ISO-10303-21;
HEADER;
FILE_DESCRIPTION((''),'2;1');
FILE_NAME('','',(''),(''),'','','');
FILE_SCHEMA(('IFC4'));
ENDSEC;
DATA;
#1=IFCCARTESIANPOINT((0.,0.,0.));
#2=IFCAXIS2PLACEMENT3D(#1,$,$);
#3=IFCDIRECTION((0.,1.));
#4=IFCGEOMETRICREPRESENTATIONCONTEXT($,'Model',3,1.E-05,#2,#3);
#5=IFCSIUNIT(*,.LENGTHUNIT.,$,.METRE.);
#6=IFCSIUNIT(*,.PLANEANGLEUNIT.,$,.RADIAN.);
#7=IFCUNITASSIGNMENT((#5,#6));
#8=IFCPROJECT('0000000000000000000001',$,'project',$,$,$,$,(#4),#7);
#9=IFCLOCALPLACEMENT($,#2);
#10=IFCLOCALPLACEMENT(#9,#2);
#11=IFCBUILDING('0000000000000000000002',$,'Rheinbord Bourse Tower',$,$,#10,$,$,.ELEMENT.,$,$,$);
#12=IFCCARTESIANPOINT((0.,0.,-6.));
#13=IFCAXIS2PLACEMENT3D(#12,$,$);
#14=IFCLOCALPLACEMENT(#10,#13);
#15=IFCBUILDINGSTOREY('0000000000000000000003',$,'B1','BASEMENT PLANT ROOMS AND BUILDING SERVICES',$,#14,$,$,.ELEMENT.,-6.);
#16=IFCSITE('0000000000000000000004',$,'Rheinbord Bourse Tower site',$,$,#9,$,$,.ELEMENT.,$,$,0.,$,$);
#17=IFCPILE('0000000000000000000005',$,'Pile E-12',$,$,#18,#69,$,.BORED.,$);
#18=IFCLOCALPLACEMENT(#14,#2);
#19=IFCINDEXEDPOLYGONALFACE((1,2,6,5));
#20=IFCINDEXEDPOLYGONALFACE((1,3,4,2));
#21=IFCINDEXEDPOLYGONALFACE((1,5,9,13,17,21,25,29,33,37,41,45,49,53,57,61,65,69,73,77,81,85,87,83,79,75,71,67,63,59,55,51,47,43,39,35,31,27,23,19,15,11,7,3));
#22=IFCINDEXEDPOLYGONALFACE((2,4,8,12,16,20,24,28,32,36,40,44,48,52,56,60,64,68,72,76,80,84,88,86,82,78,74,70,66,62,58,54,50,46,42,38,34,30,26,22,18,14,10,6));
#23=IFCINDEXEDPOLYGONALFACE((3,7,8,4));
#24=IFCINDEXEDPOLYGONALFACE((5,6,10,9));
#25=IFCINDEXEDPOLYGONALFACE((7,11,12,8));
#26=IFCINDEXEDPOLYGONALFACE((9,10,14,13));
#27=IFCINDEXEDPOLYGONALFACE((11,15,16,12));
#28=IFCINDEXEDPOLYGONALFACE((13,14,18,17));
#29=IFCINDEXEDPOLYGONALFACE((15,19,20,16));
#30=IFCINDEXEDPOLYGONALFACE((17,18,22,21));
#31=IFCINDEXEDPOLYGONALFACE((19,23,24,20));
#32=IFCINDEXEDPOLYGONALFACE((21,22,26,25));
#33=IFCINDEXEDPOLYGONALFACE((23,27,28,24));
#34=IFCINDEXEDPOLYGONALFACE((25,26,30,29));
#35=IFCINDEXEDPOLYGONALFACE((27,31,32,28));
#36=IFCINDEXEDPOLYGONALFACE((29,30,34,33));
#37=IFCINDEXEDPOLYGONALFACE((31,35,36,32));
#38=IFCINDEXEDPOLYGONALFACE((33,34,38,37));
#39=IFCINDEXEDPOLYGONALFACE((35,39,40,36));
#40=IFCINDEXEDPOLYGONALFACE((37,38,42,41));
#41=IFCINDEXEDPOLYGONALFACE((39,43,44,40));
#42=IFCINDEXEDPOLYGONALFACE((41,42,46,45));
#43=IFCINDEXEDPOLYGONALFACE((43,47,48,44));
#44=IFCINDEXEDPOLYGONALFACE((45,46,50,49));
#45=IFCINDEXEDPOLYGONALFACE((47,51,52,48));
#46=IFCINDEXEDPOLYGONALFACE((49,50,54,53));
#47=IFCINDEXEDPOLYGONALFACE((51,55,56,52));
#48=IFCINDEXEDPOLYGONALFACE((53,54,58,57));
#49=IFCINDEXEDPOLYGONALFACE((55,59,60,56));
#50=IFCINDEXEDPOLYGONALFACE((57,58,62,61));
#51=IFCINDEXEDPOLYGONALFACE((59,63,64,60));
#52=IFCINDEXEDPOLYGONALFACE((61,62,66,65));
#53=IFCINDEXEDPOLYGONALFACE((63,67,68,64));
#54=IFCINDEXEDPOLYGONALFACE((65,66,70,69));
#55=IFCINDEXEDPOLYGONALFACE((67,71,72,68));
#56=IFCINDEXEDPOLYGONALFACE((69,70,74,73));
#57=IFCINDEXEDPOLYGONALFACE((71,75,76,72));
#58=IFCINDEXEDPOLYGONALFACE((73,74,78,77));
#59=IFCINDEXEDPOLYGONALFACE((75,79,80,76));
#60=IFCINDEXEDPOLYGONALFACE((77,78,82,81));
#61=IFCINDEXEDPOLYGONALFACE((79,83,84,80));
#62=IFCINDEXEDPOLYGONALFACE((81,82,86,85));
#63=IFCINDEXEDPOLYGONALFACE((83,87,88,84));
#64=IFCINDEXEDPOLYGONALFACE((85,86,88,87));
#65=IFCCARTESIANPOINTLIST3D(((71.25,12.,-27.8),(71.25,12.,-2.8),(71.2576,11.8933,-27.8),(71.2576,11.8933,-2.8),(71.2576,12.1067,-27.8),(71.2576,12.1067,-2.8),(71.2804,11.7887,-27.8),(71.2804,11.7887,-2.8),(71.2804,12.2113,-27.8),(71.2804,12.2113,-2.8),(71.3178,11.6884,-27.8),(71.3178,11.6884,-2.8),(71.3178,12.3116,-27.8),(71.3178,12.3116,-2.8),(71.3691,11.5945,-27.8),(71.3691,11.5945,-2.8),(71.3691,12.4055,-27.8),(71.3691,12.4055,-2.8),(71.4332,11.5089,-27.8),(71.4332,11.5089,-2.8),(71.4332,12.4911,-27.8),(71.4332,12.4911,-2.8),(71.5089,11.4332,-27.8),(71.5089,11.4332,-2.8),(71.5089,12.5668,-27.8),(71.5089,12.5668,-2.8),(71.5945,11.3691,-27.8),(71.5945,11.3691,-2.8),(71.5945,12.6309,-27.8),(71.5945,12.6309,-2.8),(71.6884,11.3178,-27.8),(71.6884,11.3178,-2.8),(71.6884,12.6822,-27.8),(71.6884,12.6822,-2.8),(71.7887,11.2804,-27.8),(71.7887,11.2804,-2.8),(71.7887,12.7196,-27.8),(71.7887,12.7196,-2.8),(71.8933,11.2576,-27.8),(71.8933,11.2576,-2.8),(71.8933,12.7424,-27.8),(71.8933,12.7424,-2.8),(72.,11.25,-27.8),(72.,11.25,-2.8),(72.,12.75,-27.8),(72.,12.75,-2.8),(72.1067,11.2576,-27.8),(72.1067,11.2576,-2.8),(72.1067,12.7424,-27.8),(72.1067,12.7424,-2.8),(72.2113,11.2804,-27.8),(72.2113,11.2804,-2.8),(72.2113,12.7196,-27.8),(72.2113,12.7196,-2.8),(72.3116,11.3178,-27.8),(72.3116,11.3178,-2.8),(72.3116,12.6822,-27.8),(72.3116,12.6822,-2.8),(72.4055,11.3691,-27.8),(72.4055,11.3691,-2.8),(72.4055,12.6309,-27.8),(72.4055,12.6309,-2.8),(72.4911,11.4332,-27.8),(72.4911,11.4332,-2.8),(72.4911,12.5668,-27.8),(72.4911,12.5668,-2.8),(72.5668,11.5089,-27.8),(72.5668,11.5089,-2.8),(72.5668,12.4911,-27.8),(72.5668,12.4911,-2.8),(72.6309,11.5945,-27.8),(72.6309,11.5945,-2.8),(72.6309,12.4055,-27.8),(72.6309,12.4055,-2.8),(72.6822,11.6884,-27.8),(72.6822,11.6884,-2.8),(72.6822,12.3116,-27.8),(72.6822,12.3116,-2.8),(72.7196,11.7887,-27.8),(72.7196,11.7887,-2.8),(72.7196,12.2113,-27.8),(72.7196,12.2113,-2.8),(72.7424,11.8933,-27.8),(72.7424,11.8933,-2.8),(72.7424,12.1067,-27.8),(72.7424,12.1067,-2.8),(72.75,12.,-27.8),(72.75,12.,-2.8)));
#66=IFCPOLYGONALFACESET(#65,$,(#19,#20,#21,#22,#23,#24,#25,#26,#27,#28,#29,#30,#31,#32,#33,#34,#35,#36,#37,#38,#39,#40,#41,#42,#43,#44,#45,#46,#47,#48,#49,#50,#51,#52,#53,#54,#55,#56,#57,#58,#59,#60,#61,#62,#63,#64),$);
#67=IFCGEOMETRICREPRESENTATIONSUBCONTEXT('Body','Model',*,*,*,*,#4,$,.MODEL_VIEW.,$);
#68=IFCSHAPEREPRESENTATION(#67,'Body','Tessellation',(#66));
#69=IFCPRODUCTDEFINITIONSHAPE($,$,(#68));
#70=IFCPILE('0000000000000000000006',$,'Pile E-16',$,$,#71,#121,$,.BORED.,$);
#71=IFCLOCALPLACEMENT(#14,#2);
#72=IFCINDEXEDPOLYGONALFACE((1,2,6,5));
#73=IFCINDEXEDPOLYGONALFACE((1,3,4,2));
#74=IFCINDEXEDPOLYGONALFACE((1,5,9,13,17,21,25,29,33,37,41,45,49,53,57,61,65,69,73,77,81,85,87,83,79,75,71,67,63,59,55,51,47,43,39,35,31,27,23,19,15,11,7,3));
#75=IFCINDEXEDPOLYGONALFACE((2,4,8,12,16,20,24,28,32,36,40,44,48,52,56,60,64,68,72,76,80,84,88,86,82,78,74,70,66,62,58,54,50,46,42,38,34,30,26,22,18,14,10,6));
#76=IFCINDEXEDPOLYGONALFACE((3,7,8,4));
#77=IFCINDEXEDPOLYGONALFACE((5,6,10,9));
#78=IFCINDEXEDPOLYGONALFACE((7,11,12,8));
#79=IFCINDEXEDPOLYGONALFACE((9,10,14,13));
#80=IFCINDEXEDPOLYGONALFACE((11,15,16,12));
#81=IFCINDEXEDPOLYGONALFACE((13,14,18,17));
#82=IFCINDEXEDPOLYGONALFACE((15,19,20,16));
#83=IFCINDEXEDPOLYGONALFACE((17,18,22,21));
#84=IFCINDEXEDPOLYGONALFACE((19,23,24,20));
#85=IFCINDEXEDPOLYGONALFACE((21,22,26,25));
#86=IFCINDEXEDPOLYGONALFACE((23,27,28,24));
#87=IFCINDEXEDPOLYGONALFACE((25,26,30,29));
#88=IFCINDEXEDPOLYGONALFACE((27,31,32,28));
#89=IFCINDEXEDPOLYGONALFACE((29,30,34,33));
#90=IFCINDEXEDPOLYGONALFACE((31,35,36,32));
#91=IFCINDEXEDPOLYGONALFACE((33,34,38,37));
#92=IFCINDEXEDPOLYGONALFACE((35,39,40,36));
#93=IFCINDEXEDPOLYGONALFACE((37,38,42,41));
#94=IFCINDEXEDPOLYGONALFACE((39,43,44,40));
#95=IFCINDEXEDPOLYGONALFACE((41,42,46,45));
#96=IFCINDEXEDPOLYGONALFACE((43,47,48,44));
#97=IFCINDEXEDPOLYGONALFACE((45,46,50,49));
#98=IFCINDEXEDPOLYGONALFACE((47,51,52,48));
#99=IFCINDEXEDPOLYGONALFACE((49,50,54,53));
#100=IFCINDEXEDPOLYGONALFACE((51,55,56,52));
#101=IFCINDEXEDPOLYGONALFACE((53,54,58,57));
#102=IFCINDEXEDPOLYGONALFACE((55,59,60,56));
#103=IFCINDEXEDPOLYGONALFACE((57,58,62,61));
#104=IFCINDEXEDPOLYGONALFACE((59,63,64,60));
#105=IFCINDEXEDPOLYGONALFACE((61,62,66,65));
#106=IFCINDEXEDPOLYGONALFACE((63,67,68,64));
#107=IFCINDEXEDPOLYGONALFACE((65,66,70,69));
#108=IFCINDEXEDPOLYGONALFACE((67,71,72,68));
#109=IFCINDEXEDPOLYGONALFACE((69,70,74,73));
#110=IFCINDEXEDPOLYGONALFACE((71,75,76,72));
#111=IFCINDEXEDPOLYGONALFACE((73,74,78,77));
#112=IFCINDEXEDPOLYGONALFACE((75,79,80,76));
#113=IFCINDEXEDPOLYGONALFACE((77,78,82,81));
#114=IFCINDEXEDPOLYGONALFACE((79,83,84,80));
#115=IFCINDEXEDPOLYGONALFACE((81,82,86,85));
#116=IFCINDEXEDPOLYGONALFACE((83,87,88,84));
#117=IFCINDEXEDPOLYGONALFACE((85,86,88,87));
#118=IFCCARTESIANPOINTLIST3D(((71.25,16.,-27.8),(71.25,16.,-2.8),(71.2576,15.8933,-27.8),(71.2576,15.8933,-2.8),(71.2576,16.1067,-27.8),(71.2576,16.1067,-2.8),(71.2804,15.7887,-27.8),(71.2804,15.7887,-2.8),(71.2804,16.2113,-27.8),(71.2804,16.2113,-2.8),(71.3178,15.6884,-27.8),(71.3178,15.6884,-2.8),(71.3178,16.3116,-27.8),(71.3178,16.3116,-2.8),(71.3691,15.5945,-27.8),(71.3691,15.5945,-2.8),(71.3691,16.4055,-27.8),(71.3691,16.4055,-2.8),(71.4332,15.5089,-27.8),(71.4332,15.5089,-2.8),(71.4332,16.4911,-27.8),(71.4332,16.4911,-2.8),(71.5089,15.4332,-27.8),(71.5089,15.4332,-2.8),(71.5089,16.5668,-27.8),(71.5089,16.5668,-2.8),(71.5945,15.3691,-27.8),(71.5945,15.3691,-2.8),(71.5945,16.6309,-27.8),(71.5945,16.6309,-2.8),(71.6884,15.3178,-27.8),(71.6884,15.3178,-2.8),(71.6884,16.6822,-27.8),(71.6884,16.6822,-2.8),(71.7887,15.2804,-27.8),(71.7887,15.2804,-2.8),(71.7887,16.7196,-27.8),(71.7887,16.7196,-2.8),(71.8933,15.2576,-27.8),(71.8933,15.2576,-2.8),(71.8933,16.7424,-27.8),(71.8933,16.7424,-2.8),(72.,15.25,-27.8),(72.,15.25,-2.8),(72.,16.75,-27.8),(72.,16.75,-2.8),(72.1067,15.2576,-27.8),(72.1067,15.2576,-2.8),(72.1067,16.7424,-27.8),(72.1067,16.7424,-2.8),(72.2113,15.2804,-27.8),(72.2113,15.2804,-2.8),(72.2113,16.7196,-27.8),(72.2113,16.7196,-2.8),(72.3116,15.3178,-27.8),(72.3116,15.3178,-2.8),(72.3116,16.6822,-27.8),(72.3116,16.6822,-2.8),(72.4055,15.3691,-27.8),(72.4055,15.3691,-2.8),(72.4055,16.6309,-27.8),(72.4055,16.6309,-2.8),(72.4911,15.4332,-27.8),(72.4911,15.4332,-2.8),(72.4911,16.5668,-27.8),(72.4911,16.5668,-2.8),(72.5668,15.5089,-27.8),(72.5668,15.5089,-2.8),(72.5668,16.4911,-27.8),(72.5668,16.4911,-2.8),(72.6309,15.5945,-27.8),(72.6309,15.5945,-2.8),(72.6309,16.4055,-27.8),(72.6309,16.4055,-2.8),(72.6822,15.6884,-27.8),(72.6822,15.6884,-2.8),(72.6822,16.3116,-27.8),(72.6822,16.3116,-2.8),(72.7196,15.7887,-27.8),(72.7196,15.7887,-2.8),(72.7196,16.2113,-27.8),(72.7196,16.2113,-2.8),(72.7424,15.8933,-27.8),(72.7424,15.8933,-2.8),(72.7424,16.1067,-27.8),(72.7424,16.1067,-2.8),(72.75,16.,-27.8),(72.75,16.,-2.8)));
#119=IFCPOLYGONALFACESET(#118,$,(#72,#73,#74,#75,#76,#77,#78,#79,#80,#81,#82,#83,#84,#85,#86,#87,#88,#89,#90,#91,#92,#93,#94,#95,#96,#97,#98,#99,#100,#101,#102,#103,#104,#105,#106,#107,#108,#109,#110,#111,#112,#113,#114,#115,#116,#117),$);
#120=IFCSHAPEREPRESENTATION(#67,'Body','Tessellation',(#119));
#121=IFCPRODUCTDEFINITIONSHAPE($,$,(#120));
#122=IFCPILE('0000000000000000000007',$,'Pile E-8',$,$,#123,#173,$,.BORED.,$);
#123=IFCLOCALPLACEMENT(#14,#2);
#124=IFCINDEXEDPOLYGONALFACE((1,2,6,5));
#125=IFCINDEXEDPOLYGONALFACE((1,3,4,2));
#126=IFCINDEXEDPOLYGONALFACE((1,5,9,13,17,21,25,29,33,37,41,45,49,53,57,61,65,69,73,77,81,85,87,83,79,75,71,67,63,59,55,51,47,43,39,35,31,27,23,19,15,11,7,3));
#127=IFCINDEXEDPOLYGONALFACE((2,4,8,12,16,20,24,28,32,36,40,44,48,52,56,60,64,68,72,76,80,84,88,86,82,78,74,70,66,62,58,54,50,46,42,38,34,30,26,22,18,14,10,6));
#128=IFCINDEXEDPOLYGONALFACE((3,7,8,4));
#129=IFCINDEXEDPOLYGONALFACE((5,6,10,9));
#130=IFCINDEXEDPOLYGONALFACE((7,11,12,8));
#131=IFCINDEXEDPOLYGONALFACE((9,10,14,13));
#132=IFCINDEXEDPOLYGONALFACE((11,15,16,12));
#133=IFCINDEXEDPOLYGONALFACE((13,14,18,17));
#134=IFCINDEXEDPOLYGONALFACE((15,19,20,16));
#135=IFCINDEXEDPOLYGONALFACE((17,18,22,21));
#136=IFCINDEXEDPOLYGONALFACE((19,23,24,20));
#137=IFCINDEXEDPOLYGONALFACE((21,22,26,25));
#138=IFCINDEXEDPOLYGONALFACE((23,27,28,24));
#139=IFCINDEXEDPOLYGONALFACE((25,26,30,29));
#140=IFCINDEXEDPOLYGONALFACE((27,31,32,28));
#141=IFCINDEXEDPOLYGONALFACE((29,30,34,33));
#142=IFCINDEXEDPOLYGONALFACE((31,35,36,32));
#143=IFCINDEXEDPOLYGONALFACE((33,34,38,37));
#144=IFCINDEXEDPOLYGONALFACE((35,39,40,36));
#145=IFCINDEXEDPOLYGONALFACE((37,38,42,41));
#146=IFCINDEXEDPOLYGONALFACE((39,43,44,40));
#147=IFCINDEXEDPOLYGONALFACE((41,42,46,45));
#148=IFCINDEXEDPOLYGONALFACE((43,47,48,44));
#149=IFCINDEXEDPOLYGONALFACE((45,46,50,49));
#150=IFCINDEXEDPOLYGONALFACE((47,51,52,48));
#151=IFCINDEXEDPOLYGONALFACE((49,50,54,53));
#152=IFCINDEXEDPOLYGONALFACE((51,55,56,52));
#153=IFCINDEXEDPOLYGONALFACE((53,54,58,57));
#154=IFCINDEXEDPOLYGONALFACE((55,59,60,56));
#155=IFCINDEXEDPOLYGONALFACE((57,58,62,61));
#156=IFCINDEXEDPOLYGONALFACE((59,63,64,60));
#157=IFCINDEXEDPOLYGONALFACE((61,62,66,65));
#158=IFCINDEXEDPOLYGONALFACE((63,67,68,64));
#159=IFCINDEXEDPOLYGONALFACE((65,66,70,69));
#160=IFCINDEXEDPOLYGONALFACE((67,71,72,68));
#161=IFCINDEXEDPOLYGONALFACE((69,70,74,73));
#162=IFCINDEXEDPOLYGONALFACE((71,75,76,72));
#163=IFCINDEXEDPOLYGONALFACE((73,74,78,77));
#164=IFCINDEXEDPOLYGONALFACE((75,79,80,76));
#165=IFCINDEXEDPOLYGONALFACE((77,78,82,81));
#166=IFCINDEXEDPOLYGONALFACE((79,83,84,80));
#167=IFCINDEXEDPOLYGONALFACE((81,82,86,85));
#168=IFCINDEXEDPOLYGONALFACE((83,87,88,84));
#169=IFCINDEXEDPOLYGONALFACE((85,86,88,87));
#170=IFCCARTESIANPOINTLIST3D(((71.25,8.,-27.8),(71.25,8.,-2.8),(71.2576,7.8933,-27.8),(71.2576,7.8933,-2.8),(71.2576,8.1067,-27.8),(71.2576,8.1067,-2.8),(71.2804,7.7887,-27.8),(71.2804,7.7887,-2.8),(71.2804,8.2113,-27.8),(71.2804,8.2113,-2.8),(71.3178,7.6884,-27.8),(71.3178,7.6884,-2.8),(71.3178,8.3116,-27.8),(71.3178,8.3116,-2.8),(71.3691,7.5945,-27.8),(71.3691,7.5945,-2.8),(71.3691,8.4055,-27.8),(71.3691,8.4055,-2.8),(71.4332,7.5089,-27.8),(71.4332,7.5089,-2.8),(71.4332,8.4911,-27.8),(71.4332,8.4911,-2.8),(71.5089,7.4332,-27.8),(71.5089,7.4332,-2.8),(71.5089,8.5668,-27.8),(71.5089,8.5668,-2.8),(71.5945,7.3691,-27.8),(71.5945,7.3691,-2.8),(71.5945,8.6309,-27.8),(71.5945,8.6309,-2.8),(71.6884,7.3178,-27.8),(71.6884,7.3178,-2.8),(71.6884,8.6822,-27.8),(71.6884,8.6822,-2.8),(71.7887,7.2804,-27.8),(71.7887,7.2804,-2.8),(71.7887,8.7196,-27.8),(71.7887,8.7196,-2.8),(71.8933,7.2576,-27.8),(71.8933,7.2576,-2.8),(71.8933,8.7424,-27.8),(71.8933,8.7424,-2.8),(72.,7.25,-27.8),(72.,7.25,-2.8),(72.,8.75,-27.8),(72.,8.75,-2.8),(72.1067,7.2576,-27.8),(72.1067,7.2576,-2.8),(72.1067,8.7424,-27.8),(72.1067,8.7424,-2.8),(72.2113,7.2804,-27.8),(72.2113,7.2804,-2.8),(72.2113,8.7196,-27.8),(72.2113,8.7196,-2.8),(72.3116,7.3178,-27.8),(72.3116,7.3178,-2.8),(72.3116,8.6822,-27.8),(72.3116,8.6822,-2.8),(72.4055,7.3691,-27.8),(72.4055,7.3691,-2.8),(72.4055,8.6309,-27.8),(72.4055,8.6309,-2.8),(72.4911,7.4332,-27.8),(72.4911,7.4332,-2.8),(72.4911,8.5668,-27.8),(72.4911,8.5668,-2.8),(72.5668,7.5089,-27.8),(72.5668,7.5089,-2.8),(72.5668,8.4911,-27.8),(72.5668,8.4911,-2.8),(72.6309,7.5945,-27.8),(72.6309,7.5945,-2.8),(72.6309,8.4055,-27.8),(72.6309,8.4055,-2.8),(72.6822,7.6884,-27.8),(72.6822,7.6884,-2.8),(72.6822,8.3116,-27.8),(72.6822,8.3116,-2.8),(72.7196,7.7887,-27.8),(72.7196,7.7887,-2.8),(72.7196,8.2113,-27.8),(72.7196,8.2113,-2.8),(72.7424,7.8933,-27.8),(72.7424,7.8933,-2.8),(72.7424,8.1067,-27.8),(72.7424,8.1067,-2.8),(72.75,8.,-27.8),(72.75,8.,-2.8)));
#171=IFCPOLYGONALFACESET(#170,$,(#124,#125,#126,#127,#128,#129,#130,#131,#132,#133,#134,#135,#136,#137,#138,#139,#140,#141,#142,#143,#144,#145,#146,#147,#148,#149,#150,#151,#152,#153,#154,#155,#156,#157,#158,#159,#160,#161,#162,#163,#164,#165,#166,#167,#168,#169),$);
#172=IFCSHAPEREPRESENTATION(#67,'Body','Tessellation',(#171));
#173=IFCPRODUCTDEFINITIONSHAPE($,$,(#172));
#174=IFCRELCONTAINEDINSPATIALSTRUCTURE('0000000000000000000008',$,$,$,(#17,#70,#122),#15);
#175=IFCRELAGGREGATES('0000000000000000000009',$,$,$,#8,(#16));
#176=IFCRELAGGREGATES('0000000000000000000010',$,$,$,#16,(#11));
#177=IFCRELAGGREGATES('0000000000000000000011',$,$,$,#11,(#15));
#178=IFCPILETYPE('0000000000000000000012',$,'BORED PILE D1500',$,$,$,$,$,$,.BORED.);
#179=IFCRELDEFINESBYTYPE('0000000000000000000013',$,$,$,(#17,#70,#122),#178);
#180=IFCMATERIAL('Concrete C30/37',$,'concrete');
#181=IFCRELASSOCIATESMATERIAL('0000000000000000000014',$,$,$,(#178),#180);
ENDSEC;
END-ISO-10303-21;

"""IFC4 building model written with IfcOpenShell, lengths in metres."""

from ifc_helpers import new_model, si_unit, direction, frame, origin, origin_2d, place, context, subcontext, project, spatial, circle, extrude, material, material_profile, profile_set, type_object, element, save


model = new_model("IFC4")

# Units and contexts
model_context = context("Model", 3, precision=1e-05, world=origin(), true_north=direction((0.0, 1.0)))
body_context = subcontext(model_context, "Body", "Model", "MODEL_VIEW")
ifc_project = project(units=[si_unit("LENGTHUNIT", "METRE"), si_unit("PLANEANGLEUNIT", "RADIAN")], contexts=[model_context])

# Site, building, storey
site_placement = place(None, origin())
site = spatial("IfcSite", under=ifc_project, at=site_placement, Name="Rheinbord Bourse Tower site", CompositionType="ELEMENT", RefElevation=0.0)
building_placement = place(site_placement, origin())
building = spatial("IfcBuilding", under=site, at=building_placement, Name="Rheinbord Bourse Tower", CompositionType="ELEMENT")
storey_placement = place(building_placement, frame((0.0, 0.0, -6.0)))
storey = spatial("IfcBuildingStorey", under=building, at=storey_placement, Name="B1", Description="BASEMENT PLANT ROOMS AND BUILDING SERVICES", CompositionType="ELEMENT", Elevation=-6.0)

# Piles
ifc_material_1 = material(Name="Concrete C30/37", Category="concrete")
ifc_material_profile_1 = material_profile(ifc_material_1, circle(Radius=0.75, at=origin_2d()), Name="D1500")
ifc_profile_set_1 = profile_set([ifc_material_profile_1], Name="Concrete C30/37")
pile_type = type_object("IfcPileType", Name="BORED PILE D1500", PredefinedType="BORED", material=ifc_profile_set_1)
for number, where, z_axis, x_axis, name in (
    (1, (72.0, 12.0, -2.8), (0.0, 0.0, -1.0), (1.0, 0.0, 0.0), "Pile E-12"),
    (2, (72.0, 16.0, -2.8), (0.0, 0.0, -1.0), (1.0, 0.0, 0.0), "Pile E-16"),
    (3, (72.0, 8.0, -2.8), (0.0, 0.0, -1.0), (1.0, 0.0, 0.0), "Pile E-8"),
):
    element("IfcPile", number, at=place(storey_placement, frame(where, z_axis=z_axis, x_axis=x_axis)), inside=storey, type_object=pile_type, Name=name, PredefinedType="BORED", context=body_context, shape_type="SweptSolid", body=[
        extrude(circle(Radius=0.75, at=origin_2d()), origin(), (0.0, 0.0, 1.0), 25.0),
    ])

save(model, "model.ifc")
